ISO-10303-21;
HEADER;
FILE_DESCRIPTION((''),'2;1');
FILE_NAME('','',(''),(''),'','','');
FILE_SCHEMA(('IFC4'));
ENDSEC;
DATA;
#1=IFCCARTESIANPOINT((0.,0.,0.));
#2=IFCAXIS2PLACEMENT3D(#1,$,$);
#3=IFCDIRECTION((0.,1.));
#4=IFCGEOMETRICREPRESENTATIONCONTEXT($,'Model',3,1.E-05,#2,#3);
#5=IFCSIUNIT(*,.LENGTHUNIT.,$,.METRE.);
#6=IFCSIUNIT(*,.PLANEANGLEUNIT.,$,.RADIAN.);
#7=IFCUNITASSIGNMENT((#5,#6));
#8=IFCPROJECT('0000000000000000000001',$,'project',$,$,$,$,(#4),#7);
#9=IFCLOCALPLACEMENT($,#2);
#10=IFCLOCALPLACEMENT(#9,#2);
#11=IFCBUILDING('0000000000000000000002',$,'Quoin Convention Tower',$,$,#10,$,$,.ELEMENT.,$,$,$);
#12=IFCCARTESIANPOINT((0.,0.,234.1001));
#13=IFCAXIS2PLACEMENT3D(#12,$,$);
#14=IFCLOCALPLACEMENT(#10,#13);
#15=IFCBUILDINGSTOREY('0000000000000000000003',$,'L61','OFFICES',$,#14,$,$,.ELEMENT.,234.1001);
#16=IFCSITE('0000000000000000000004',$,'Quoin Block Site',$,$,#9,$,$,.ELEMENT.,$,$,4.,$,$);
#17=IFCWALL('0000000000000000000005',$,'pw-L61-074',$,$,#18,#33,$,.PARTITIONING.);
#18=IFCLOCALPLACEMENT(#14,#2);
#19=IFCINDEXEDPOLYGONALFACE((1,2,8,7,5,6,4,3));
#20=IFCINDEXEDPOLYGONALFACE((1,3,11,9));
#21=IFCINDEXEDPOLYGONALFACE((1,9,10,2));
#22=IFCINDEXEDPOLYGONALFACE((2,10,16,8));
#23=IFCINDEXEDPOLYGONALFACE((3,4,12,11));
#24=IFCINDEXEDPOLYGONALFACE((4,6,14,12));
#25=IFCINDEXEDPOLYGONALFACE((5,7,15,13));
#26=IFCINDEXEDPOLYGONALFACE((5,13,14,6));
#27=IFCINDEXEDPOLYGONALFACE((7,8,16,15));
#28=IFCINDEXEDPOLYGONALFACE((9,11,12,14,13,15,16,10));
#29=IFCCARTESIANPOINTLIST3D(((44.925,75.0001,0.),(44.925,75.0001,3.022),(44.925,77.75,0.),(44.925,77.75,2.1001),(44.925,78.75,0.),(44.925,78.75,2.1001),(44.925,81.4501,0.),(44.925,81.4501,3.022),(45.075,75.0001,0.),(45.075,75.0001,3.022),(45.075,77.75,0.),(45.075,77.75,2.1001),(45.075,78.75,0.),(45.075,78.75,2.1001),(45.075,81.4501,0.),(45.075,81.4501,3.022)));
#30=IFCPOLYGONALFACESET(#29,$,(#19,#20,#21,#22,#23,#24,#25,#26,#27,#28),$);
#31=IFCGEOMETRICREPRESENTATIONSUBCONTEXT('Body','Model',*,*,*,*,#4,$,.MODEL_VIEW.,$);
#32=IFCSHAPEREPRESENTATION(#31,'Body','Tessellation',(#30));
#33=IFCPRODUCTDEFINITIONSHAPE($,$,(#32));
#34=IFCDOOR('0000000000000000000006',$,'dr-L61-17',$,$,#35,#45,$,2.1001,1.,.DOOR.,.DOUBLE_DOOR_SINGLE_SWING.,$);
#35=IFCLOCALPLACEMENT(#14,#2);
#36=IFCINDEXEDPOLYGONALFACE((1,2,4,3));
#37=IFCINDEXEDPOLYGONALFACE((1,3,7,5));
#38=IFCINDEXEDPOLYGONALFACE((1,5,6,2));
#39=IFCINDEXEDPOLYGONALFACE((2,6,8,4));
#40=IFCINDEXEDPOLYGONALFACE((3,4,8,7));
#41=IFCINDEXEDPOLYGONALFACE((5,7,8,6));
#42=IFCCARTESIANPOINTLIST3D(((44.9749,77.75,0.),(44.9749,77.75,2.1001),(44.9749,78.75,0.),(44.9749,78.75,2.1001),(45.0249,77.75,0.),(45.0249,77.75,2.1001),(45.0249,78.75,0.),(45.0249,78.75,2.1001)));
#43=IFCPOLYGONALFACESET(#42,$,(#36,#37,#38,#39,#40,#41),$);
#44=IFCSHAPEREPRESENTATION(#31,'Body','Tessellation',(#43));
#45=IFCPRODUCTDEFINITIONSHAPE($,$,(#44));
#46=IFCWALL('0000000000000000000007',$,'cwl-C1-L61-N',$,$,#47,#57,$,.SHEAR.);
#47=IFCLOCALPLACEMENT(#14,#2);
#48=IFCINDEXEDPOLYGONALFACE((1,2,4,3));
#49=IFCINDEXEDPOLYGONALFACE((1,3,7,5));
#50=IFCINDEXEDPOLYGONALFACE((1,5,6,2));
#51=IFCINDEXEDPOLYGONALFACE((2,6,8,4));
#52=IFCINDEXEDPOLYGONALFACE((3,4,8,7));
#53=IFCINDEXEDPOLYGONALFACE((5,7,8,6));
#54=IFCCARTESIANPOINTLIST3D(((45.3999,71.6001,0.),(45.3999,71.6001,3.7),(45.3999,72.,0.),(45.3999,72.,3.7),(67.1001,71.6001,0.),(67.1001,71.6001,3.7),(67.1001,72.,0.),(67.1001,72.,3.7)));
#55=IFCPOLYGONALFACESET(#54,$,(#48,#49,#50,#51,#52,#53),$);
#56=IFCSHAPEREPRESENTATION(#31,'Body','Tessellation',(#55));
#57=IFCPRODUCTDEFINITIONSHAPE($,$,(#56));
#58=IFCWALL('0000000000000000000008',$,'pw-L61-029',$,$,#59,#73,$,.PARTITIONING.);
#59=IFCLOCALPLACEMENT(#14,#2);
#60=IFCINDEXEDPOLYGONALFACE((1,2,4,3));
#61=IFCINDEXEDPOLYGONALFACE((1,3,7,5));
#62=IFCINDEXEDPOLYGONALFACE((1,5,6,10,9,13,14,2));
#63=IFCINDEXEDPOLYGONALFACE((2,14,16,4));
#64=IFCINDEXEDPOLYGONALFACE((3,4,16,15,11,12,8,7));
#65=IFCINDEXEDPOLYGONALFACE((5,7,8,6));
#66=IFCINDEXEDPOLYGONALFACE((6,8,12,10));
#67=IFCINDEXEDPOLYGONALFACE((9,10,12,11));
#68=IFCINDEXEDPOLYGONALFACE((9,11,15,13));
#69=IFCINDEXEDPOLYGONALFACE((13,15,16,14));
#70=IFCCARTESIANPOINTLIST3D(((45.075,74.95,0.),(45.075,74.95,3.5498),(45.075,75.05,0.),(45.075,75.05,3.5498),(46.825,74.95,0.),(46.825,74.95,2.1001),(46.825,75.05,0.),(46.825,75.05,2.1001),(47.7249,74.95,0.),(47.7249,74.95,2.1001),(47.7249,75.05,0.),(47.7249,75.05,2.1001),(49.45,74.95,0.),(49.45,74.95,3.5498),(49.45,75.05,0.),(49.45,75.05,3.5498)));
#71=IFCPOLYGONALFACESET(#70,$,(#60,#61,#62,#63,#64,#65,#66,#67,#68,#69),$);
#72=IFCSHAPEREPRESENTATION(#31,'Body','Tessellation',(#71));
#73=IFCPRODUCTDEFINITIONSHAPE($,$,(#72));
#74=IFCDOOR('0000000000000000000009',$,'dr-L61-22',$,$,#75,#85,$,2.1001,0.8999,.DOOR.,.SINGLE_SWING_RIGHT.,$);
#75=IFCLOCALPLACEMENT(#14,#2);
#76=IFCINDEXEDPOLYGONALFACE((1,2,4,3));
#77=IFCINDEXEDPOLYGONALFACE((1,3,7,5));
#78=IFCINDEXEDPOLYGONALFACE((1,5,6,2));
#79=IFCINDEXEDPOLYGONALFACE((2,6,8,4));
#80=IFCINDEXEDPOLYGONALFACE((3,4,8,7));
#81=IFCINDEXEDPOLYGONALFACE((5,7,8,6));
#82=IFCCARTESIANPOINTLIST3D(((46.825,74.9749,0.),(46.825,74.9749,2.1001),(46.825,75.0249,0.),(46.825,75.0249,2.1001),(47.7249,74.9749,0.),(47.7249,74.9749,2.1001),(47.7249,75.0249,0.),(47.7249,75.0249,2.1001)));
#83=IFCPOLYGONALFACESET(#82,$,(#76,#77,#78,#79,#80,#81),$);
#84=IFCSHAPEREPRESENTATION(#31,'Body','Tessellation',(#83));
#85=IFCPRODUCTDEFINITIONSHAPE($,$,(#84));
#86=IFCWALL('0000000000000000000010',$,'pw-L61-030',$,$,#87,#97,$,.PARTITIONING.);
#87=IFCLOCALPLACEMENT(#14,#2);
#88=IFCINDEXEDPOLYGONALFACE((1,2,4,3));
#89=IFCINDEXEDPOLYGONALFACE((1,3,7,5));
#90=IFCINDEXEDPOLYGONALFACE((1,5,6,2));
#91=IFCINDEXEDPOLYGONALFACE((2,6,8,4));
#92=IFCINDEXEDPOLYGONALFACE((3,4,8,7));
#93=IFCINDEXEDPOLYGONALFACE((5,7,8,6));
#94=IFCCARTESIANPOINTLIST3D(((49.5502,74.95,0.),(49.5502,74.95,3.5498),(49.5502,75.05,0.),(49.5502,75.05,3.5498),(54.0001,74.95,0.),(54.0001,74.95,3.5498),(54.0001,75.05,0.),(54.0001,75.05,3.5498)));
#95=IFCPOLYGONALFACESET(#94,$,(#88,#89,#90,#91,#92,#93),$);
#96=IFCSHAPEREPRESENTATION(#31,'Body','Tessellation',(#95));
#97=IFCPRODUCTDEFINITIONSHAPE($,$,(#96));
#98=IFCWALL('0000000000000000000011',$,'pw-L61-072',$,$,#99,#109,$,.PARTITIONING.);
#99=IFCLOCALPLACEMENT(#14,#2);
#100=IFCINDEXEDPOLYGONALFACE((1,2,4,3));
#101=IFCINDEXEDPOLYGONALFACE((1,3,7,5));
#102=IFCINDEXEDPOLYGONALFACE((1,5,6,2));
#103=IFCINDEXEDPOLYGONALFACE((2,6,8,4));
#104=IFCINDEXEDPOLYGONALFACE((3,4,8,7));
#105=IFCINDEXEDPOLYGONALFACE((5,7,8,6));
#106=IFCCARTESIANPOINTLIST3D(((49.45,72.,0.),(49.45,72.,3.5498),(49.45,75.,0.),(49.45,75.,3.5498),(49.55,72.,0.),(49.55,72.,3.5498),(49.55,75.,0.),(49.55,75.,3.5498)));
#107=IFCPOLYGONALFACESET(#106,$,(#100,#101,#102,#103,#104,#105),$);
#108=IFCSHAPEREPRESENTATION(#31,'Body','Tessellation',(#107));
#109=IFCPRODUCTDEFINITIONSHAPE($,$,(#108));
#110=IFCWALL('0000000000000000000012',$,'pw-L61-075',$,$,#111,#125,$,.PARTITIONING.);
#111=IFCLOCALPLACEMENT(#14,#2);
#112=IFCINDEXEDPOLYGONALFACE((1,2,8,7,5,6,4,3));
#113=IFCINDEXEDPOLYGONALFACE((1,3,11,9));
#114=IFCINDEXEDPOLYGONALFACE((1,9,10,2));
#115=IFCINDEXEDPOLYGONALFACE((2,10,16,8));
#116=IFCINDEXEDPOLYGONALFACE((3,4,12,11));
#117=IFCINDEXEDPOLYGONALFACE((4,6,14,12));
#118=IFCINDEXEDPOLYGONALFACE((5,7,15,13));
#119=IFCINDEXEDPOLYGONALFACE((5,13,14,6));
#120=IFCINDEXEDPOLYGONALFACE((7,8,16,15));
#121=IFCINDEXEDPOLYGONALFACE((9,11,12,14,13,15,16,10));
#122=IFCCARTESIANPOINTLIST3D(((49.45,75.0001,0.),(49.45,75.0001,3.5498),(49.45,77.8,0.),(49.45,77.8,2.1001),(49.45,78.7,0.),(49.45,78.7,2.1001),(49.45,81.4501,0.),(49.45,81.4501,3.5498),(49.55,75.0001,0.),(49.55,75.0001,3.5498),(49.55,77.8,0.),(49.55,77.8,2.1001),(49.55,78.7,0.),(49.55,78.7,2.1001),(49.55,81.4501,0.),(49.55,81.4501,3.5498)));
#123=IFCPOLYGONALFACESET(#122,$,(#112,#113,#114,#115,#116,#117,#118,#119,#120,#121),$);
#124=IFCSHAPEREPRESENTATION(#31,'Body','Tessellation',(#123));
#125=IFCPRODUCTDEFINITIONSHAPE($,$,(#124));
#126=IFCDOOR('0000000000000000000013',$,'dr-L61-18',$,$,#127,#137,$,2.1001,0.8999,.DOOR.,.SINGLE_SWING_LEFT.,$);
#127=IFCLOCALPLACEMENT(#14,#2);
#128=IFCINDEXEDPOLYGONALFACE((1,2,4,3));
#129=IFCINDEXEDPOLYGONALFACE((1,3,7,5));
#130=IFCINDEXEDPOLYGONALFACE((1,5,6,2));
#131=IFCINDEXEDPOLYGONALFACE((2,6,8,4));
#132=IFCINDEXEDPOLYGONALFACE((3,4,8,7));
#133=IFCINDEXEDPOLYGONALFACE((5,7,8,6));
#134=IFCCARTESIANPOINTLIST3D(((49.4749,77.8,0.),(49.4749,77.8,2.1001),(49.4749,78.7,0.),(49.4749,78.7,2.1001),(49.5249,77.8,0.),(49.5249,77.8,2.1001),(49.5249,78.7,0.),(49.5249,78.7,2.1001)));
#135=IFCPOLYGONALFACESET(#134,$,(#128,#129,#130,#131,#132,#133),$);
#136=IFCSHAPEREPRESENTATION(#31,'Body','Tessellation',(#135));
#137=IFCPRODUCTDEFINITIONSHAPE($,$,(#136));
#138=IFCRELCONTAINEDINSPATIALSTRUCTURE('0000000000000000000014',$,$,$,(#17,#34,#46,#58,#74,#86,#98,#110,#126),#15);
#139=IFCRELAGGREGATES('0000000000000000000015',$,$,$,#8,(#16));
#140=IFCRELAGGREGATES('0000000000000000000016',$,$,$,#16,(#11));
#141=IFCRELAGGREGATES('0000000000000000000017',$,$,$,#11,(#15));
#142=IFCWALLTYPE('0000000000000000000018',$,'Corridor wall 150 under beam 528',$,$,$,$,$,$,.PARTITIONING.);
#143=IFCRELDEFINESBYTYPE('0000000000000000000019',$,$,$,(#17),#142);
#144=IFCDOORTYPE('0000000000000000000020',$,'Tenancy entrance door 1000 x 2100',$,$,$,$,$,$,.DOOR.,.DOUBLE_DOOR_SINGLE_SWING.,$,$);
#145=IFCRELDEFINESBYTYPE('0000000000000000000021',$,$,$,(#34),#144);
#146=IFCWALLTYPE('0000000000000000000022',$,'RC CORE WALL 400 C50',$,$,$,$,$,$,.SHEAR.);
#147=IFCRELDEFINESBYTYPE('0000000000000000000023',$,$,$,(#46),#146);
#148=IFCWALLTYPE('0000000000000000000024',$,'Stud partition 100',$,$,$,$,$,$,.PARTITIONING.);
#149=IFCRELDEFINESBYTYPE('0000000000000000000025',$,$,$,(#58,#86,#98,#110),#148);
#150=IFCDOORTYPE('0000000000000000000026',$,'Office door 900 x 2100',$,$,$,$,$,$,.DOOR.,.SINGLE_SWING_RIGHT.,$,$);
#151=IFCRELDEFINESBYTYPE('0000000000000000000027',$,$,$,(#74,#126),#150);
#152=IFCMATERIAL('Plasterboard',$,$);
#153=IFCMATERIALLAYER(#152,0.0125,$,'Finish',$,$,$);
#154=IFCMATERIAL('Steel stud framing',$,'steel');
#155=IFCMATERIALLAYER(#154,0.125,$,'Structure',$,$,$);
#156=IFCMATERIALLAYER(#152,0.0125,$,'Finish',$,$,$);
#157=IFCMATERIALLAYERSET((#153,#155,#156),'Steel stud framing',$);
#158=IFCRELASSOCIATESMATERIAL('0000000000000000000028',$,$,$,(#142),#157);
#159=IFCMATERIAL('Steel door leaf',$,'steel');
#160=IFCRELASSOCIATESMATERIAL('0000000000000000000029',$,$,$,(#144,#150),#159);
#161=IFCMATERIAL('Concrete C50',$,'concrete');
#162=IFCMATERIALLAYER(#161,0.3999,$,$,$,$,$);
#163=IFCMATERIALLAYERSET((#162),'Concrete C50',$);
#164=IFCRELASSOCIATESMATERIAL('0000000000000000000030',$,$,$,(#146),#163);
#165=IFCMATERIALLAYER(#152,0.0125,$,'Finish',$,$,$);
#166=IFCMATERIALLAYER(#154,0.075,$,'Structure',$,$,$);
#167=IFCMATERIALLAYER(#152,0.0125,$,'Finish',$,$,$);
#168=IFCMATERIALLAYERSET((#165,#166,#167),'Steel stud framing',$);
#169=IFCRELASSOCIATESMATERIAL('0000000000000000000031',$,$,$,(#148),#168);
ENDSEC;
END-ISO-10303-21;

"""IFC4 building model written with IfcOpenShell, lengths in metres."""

from ifc_helpers import new_model, si_unit, direction, frame, frame_2d, origin, place, context, subcontext, project, spatial, rectangle, extrude, material, layer, layer_set, type_object, element, fill, save


model = new_model("IFC4")

# Units and contexts
model_context = context("Model", 3, precision=1e-05, world=origin(), true_north=direction((0.0, 1.0)))
body_context = subcontext(model_context, "Body", "Model", "MODEL_VIEW")
ifc_project = project(units=[si_unit("LENGTHUNIT", "METRE"), si_unit("PLANEANGLEUNIT", "RADIAN")], contexts=[model_context])

# Site, building, storey
site_placement = place(None, origin())
site = spatial("IfcSite", under=ifc_project, at=site_placement, Name="Quoin Block Site", CompositionType="ELEMENT", RefElevation=4.0)
building_placement = place(site_placement, origin())
building = spatial("IfcBuilding", under=site, at=building_placement, Name="Quoin Convention Tower", CompositionType="ELEMENT")
storey_placement = place(building_placement, frame((0.0, 0.0, 234.1001)))
storey = spatial("IfcBuildingStorey", under=building, at=storey_placement, Name="L61", Description="OFFICES", CompositionType="ELEMENT", Elevation=234.1001)

# Shared definitions
ifc_material_1 = material(Name="Concrete C50", Category="concrete")

# Shared definitions
ifc_material_2 = material(Name="Plasterboard")
ifc_layer_1 = layer(ifc_material_2, 0.0125, Name="Finish")
ifc_material_3 = material(Name="Steel stud framing", Category="steel")
ifc_layer_2 = layer(ifc_material_3, 0.125, Name="Structure")
ifc_layer_3 = layer(ifc_material_2, 0.0125, Name="Finish")
ifc_layer_set_1 = layer_set([ifc_layer_1, ifc_layer_2, ifc_layer_3], Name="Steel stud framing")
wall_type_1 = type_object("IfcWallType", Name="Corridor wall 150 under beam 528", PredefinedType="PARTITIONING", material=ifc_layer_set_1)

# Wall, opening, door
wall_1_placement = place(storey_placement, frame((45.0, 75.0, 0.0), z_axis=(0.0, 0.0, 1.0), x_axis=(0.0, 1.0, 0.0)))
wall_1 = element("IfcWall", 1, at=wall_1_placement, inside=storey, type_object=wall_type_1, Name="pw-L61-074", PredefinedType="PARTITIONING", context=body_context, shape_type="SweptSolid", body=[
    extrude(rectangle(XDim=6.45, YDim=0.1499, at=frame_2d((3.2251, 0.0))), origin(), (0.0, 0.0, 1.0), 3.022),
])
opening_1_placement = place(wall_1_placement, frame((2.75, 0.0, 0.0)))
opening_1 = element("IfcOpeningElement", 2, at=opening_1_placement, cuts=wall_1, PredefinedType="OPENING", context=body_context, shape_type="SweptSolid", body=[
    extrude(rectangle(XDim=1.0, YDim=2.1001, at=frame_2d((0.5, 1.05))), frame((0.0, 0.085, 0.0), z_axis=(0.0, -1.0, 0.0), x_axis=(1.0, 0.0, 0.0)), (0.0, 0.0, 1.0), 0.1699),
])
ifc_material_4 = material(Name="Steel door leaf", Category="steel")
door_type_1 = type_object("IfcDoorType", Name="Tenancy entrance door 1000 x 2100", OperationType="DOUBLE_DOOR_SINGLE_SWING", PredefinedType="DOOR", material=ifc_material_4)
door_1_placement = place(opening_1_placement, frame((1.0, 0.0, 0.0), z_axis=(0.0, 0.0, 1.0), x_axis=(-1.0, 0.0, 0.0)))
door_1 = element("IfcDoor", 3, at=door_1_placement, inside=storey, type_object=door_type_1, Name="dr-L61-17", OperationType="DOUBLE_DOOR_SINGLE_SWING", OverallHeight=2.1001, OverallWidth=1.0, PredefinedType="DOOR", context=body_context, shape_type="SweptSolid", body=[
    extrude(rectangle(XDim=1.0, YDim=2.1001, at=frame_2d((0.5, 1.05))), frame((0.0, 0.0249, 0.0), z_axis=(0.0, -1.0, 0.0), x_axis=(1.0, 0.0, 0.0)), (0.0, 0.0, 1.0), 0.05),
])
fill(opening_1, door_1)

# Wall
ifc_layer_4 = layer(ifc_material_1, 0.3999)
ifc_layer_set_2 = layer_set([ifc_layer_4], Name="Concrete C50")
wall_type_2 = type_object("IfcWallType", Name="RC CORE WALL 400 C50", PredefinedType="SHEAR", material=ifc_layer_set_2)
wall_2_placement = place(storey_placement, frame((45.3999, 71.8, 0.0), z_axis=(0.0, 0.0, 1.0), x_axis=(1.0, 0.0, 0.0)))
element("IfcWall", 4, at=wall_2_placement, inside=storey, type_object=wall_type_2, Name="cwl-C1-L61-N", PredefinedType="SHEAR", context=body_context, shape_type="SweptSolid", body=[
    extrude(rectangle(XDim=21.7002, YDim=0.3999, at=frame_2d((10.8501, 0.0))), origin(), (0.0, 0.0, 1.0), 3.7),
])

# Wall, opening, door
ifc_layer_5 = layer(ifc_material_2, 0.0125, Name="Finish")
ifc_layer_6 = layer(ifc_material_3, 0.075, Name="Structure")
ifc_layer_7 = layer(ifc_material_2, 0.0125, Name="Finish")
ifc_layer_set_3 = layer_set([ifc_layer_5, ifc_layer_6, ifc_layer_7], Name="Steel stud framing")
wall_type_3 = type_object("IfcWallType", Name="Stud partition 100", PredefinedType="PARTITIONING", material=ifc_layer_set_3)
wall_3_placement = place(storey_placement, frame((45.075, 75.0, 0.0), z_axis=(0.0, 0.0, 1.0), x_axis=(1.0, 0.0, 0.0)))
wall_3 = element("IfcWall", 5, at=wall_3_placement, inside=storey, type_object=wall_type_3, Name="pw-L61-029", PredefinedType="PARTITIONING", context=body_context, shape_type="SweptSolid", body=[
    extrude(rectangle(XDim=4.375, YDim=0.1001, at=frame_2d((2.1875, 0.0))), origin(), (0.0, 0.0, 1.0), 3.5498),
])
opening_2_placement = place(wall_3_placement, frame((1.75, 0.0, 0.0)))
opening_2 = element("IfcOpeningElement", 6, at=opening_2_placement, cuts=wall_3, PredefinedType="OPENING", context=body_context, shape_type="SweptSolid", body=[
    extrude(rectangle(XDim=0.8999, YDim=2.1001, at=frame_2d((0.45, 1.05))), frame((0.0, 0.0601, 0.0), z_axis=(0.0, -1.0, 0.0), x_axis=(1.0, 0.0, 0.0)), (0.0, 0.0, 1.0), 0.1201),
])
door_type_2 = type_object("IfcDoorType", Name="Office door 900 x 2100", OperationType="SINGLE_SWING_RIGHT", PredefinedType="DOOR", material=ifc_material_4)
door_2_placement = place(opening_2_placement, origin())
door_2 = element("IfcDoor", 7, at=door_2_placement, inside=storey, type_object=door_type_2, Name="dr-L61-22", OperationType="SINGLE_SWING_RIGHT", OverallHeight=2.1001, OverallWidth=0.8999, PredefinedType="DOOR", context=body_context, shape_type="SweptSolid", body=[
    extrude(rectangle(XDim=0.8999, YDim=2.1001, at=frame_2d((0.45, 1.05))), frame((0.0, 0.0249, 0.0), z_axis=(0.0, -1.0, 0.0), x_axis=(1.0, 0.0, 0.0)), (0.0, 0.0, 1.0), 0.05),
])
fill(opening_2, door_2)

# Walls
wall_4_placement = place(storey_placement, frame((49.55, 75.0, 0.0), z_axis=(0.0, 0.0, 1.0), x_axis=(1.0, 0.0, 0.0)))
element("IfcWall", 8, at=wall_4_placement, inside=storey, type_object=wall_type_3, Name="pw-L61-030", PredefinedType="PARTITIONING", context=body_context, shape_type="SweptSolid", body=[
    extrude(rectangle(XDim=4.45, YDim=0.1001, at=frame_2d((2.2251, 0.0))), origin(), (0.0, 0.0, 1.0), 3.5498),
])
wall_5_placement = place(storey_placement, frame((49.5, 72.0, 0.0), z_axis=(0.0, 0.0, 1.0), x_axis=(0.0, 1.0, 0.0)))
element("IfcWall", 9, at=wall_5_placement, inside=storey, type_object=wall_type_3, Name="pw-L61-072", PredefinedType="PARTITIONING", context=body_context, shape_type="SweptSolid", body=[
    extrude(rectangle(XDim=3.0, YDim=0.1001, at=frame_2d((1.5, 0.0))), origin(), (0.0, 0.0, 1.0), 3.5498),
])

# Wall, opening, door
wall_6_placement = place(storey_placement, frame((49.5, 75.0, 0.0), z_axis=(0.0, 0.0, 1.0), x_axis=(0.0, 1.0, 0.0)))
wall_6 = element("IfcWall", 10, at=wall_6_placement, inside=storey, type_object=wall_type_3, Name="pw-L61-075", PredefinedType="PARTITIONING", context=body_context, shape_type="SweptSolid", body=[
    extrude(rectangle(XDim=6.45, YDim=0.1001, at=frame_2d((3.2251, 0.0))), origin(), (0.0, 0.0, 1.0), 3.5498),
])
opening_3_placement = place(wall_6_placement, frame((2.8, 0.0, 0.0)))
opening_3 = element("IfcOpeningElement", 11, at=opening_3_placement, cuts=wall_6, PredefinedType="OPENING", context=body_context, shape_type="SweptSolid", body=[
    extrude(rectangle(XDim=0.8999, YDim=2.1001, at=frame_2d((0.45, 1.05))), frame((0.0, 0.0601, 0.0), z_axis=(0.0, -1.0, 0.0), x_axis=(1.0, 0.0, 0.0)), (0.0, 0.0, 1.0), 0.1201),
])
door_3_placement = place(opening_3_placement, frame((0.8999, 0.0, 0.0), z_axis=(0.0, 0.0, 1.0), x_axis=(-1.0, 0.0, 0.0)))
door_3 = element("IfcDoor", 12, at=door_3_placement, inside=storey, type_object=door_type_2, Name="dr-L61-18", OperationType="SINGLE_SWING_LEFT", OverallHeight=2.1001, OverallWidth=0.8999, PredefinedType="DOOR", context=body_context, shape_type="SweptSolid", body=[
    extrude(rectangle(XDim=0.8999, YDim=2.1001, at=frame_2d((0.45, 1.05))), frame((0.0, 0.0249, 0.0), z_axis=(0.0, -1.0, 0.0), x_axis=(1.0, 0.0, 0.0)), (0.0, 0.0, 1.0), 0.05),
])
fill(opening_3, door_3)

save(model, "model.ifc")
